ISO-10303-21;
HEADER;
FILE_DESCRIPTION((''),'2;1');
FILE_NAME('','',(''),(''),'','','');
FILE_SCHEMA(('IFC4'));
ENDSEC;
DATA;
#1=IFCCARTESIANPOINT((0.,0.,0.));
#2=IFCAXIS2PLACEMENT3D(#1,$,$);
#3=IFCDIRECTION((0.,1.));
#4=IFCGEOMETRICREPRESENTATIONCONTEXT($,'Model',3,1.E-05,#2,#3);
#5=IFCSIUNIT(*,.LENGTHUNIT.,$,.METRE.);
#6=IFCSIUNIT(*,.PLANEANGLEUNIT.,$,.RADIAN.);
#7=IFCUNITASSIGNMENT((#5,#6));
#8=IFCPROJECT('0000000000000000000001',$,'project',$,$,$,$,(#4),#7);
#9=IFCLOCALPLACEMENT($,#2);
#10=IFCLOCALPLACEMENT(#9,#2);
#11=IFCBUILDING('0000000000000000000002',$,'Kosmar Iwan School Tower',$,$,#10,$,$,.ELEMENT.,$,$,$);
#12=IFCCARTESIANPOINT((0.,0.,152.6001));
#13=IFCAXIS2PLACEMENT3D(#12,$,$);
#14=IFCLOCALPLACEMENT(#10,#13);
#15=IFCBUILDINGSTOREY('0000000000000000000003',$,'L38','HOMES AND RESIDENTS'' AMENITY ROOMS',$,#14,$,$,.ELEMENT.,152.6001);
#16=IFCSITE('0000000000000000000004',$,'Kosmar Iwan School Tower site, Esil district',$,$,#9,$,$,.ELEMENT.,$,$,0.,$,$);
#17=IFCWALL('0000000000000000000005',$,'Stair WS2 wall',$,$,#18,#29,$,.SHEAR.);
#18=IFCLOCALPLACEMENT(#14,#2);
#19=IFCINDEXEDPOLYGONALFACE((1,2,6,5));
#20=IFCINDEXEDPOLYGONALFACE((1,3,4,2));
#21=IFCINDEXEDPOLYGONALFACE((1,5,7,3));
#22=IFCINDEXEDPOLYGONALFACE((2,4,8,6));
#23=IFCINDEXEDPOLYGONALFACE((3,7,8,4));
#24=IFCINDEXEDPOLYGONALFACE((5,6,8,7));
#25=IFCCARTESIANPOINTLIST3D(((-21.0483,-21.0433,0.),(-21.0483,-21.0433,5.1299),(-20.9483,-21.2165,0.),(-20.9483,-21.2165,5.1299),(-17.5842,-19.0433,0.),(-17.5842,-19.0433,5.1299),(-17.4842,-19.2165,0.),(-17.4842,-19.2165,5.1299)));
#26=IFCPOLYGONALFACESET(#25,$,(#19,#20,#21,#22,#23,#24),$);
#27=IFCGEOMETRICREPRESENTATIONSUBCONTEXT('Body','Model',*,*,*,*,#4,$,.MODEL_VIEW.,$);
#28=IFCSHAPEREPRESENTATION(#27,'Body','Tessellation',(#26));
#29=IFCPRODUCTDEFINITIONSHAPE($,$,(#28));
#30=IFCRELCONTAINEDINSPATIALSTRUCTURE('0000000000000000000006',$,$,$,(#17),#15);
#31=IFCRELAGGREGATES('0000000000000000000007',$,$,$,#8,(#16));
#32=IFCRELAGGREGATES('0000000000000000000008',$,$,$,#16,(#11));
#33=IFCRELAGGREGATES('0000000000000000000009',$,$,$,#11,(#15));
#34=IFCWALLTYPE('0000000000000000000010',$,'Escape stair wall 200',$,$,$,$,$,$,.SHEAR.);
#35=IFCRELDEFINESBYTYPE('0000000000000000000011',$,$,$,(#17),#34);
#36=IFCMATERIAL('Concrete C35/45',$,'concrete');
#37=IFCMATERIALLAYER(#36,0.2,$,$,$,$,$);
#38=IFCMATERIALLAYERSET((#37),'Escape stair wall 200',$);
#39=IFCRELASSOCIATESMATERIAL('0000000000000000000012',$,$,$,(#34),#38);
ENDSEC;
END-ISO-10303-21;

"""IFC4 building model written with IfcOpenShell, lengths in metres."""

from ifc_helpers import new_model, si_unit, direction, frame, frame_2d, origin, place, context, subcontext, project, spatial, rectangle, extrude, material, layer, layer_set, type_object, element, save


model = new_model("IFC4")

# Units and contexts
model_context = context("Model", 3, precision=1e-05, world=origin(), true_north=direction((0.0, 1.0)))
body_context = subcontext(model_context, "Body", "Model", "MODEL_VIEW")
ifc_project = project(units=[si_unit("LENGTHUNIT", "METRE"), si_unit("PLANEANGLEUNIT", "RADIAN")], contexts=[model_context])

# Site, building, storey
site_placement = place(None, origin())
site = spatial("IfcSite", under=ifc_project, at=site_placement, Name="Kosmar Iwan School Tower site, Esil district", CompositionType="ELEMENT", RefElevation=0.0)
building_placement = place(site_placement, origin())
building = spatial("IfcBuilding", under=site, at=building_placement, Name="Kosmar Iwan School Tower", CompositionType="ELEMENT")
storey_placement = place(building_placement, frame((0.0, 0.0, 152.6001)))
storey = spatial("IfcBuildingStorey", under=building, at=storey_placement, Name="L38", Description="HOMES AND RESIDENTS' AMENITY ROOMS", CompositionType="ELEMENT", Elevation=152.6001)

# Wall
ifc_material_1 = material(Name="Concrete C35/45", Category="concrete")
ifc_layer_1 = layer(ifc_material_1, 0.2)
ifc_layer_set_1 = layer_set([ifc_layer_1], Name="Escape stair wall 200")
wall_type_1 = type_object("IfcWallType", Name="Escape stair wall 200", PredefinedType="SHEAR", material=ifc_layer_set_1)
wall_1_placement = place(storey_placement, frame((-17.5342, -19.1299, 0.0), z_axis=(0.0, 0.0, 1.0), x_axis=(-0.866026, -0.499999, 0.0)))
element("IfcWall", 1, at=wall_1_placement, inside=storey, type_object=wall_type_1, Name="Stair WS2 wall", PredefinedType="SHEAR", context=body_context, shape_type="SweptSolid", body=[
    extrude(rectangle(XDim=4.0, YDim=0.2, at=frame_2d((2.0, 0.0))), origin(), (0.0, 0.0, 1.0), 5.1299),
])

save(model, "model.ifc")
